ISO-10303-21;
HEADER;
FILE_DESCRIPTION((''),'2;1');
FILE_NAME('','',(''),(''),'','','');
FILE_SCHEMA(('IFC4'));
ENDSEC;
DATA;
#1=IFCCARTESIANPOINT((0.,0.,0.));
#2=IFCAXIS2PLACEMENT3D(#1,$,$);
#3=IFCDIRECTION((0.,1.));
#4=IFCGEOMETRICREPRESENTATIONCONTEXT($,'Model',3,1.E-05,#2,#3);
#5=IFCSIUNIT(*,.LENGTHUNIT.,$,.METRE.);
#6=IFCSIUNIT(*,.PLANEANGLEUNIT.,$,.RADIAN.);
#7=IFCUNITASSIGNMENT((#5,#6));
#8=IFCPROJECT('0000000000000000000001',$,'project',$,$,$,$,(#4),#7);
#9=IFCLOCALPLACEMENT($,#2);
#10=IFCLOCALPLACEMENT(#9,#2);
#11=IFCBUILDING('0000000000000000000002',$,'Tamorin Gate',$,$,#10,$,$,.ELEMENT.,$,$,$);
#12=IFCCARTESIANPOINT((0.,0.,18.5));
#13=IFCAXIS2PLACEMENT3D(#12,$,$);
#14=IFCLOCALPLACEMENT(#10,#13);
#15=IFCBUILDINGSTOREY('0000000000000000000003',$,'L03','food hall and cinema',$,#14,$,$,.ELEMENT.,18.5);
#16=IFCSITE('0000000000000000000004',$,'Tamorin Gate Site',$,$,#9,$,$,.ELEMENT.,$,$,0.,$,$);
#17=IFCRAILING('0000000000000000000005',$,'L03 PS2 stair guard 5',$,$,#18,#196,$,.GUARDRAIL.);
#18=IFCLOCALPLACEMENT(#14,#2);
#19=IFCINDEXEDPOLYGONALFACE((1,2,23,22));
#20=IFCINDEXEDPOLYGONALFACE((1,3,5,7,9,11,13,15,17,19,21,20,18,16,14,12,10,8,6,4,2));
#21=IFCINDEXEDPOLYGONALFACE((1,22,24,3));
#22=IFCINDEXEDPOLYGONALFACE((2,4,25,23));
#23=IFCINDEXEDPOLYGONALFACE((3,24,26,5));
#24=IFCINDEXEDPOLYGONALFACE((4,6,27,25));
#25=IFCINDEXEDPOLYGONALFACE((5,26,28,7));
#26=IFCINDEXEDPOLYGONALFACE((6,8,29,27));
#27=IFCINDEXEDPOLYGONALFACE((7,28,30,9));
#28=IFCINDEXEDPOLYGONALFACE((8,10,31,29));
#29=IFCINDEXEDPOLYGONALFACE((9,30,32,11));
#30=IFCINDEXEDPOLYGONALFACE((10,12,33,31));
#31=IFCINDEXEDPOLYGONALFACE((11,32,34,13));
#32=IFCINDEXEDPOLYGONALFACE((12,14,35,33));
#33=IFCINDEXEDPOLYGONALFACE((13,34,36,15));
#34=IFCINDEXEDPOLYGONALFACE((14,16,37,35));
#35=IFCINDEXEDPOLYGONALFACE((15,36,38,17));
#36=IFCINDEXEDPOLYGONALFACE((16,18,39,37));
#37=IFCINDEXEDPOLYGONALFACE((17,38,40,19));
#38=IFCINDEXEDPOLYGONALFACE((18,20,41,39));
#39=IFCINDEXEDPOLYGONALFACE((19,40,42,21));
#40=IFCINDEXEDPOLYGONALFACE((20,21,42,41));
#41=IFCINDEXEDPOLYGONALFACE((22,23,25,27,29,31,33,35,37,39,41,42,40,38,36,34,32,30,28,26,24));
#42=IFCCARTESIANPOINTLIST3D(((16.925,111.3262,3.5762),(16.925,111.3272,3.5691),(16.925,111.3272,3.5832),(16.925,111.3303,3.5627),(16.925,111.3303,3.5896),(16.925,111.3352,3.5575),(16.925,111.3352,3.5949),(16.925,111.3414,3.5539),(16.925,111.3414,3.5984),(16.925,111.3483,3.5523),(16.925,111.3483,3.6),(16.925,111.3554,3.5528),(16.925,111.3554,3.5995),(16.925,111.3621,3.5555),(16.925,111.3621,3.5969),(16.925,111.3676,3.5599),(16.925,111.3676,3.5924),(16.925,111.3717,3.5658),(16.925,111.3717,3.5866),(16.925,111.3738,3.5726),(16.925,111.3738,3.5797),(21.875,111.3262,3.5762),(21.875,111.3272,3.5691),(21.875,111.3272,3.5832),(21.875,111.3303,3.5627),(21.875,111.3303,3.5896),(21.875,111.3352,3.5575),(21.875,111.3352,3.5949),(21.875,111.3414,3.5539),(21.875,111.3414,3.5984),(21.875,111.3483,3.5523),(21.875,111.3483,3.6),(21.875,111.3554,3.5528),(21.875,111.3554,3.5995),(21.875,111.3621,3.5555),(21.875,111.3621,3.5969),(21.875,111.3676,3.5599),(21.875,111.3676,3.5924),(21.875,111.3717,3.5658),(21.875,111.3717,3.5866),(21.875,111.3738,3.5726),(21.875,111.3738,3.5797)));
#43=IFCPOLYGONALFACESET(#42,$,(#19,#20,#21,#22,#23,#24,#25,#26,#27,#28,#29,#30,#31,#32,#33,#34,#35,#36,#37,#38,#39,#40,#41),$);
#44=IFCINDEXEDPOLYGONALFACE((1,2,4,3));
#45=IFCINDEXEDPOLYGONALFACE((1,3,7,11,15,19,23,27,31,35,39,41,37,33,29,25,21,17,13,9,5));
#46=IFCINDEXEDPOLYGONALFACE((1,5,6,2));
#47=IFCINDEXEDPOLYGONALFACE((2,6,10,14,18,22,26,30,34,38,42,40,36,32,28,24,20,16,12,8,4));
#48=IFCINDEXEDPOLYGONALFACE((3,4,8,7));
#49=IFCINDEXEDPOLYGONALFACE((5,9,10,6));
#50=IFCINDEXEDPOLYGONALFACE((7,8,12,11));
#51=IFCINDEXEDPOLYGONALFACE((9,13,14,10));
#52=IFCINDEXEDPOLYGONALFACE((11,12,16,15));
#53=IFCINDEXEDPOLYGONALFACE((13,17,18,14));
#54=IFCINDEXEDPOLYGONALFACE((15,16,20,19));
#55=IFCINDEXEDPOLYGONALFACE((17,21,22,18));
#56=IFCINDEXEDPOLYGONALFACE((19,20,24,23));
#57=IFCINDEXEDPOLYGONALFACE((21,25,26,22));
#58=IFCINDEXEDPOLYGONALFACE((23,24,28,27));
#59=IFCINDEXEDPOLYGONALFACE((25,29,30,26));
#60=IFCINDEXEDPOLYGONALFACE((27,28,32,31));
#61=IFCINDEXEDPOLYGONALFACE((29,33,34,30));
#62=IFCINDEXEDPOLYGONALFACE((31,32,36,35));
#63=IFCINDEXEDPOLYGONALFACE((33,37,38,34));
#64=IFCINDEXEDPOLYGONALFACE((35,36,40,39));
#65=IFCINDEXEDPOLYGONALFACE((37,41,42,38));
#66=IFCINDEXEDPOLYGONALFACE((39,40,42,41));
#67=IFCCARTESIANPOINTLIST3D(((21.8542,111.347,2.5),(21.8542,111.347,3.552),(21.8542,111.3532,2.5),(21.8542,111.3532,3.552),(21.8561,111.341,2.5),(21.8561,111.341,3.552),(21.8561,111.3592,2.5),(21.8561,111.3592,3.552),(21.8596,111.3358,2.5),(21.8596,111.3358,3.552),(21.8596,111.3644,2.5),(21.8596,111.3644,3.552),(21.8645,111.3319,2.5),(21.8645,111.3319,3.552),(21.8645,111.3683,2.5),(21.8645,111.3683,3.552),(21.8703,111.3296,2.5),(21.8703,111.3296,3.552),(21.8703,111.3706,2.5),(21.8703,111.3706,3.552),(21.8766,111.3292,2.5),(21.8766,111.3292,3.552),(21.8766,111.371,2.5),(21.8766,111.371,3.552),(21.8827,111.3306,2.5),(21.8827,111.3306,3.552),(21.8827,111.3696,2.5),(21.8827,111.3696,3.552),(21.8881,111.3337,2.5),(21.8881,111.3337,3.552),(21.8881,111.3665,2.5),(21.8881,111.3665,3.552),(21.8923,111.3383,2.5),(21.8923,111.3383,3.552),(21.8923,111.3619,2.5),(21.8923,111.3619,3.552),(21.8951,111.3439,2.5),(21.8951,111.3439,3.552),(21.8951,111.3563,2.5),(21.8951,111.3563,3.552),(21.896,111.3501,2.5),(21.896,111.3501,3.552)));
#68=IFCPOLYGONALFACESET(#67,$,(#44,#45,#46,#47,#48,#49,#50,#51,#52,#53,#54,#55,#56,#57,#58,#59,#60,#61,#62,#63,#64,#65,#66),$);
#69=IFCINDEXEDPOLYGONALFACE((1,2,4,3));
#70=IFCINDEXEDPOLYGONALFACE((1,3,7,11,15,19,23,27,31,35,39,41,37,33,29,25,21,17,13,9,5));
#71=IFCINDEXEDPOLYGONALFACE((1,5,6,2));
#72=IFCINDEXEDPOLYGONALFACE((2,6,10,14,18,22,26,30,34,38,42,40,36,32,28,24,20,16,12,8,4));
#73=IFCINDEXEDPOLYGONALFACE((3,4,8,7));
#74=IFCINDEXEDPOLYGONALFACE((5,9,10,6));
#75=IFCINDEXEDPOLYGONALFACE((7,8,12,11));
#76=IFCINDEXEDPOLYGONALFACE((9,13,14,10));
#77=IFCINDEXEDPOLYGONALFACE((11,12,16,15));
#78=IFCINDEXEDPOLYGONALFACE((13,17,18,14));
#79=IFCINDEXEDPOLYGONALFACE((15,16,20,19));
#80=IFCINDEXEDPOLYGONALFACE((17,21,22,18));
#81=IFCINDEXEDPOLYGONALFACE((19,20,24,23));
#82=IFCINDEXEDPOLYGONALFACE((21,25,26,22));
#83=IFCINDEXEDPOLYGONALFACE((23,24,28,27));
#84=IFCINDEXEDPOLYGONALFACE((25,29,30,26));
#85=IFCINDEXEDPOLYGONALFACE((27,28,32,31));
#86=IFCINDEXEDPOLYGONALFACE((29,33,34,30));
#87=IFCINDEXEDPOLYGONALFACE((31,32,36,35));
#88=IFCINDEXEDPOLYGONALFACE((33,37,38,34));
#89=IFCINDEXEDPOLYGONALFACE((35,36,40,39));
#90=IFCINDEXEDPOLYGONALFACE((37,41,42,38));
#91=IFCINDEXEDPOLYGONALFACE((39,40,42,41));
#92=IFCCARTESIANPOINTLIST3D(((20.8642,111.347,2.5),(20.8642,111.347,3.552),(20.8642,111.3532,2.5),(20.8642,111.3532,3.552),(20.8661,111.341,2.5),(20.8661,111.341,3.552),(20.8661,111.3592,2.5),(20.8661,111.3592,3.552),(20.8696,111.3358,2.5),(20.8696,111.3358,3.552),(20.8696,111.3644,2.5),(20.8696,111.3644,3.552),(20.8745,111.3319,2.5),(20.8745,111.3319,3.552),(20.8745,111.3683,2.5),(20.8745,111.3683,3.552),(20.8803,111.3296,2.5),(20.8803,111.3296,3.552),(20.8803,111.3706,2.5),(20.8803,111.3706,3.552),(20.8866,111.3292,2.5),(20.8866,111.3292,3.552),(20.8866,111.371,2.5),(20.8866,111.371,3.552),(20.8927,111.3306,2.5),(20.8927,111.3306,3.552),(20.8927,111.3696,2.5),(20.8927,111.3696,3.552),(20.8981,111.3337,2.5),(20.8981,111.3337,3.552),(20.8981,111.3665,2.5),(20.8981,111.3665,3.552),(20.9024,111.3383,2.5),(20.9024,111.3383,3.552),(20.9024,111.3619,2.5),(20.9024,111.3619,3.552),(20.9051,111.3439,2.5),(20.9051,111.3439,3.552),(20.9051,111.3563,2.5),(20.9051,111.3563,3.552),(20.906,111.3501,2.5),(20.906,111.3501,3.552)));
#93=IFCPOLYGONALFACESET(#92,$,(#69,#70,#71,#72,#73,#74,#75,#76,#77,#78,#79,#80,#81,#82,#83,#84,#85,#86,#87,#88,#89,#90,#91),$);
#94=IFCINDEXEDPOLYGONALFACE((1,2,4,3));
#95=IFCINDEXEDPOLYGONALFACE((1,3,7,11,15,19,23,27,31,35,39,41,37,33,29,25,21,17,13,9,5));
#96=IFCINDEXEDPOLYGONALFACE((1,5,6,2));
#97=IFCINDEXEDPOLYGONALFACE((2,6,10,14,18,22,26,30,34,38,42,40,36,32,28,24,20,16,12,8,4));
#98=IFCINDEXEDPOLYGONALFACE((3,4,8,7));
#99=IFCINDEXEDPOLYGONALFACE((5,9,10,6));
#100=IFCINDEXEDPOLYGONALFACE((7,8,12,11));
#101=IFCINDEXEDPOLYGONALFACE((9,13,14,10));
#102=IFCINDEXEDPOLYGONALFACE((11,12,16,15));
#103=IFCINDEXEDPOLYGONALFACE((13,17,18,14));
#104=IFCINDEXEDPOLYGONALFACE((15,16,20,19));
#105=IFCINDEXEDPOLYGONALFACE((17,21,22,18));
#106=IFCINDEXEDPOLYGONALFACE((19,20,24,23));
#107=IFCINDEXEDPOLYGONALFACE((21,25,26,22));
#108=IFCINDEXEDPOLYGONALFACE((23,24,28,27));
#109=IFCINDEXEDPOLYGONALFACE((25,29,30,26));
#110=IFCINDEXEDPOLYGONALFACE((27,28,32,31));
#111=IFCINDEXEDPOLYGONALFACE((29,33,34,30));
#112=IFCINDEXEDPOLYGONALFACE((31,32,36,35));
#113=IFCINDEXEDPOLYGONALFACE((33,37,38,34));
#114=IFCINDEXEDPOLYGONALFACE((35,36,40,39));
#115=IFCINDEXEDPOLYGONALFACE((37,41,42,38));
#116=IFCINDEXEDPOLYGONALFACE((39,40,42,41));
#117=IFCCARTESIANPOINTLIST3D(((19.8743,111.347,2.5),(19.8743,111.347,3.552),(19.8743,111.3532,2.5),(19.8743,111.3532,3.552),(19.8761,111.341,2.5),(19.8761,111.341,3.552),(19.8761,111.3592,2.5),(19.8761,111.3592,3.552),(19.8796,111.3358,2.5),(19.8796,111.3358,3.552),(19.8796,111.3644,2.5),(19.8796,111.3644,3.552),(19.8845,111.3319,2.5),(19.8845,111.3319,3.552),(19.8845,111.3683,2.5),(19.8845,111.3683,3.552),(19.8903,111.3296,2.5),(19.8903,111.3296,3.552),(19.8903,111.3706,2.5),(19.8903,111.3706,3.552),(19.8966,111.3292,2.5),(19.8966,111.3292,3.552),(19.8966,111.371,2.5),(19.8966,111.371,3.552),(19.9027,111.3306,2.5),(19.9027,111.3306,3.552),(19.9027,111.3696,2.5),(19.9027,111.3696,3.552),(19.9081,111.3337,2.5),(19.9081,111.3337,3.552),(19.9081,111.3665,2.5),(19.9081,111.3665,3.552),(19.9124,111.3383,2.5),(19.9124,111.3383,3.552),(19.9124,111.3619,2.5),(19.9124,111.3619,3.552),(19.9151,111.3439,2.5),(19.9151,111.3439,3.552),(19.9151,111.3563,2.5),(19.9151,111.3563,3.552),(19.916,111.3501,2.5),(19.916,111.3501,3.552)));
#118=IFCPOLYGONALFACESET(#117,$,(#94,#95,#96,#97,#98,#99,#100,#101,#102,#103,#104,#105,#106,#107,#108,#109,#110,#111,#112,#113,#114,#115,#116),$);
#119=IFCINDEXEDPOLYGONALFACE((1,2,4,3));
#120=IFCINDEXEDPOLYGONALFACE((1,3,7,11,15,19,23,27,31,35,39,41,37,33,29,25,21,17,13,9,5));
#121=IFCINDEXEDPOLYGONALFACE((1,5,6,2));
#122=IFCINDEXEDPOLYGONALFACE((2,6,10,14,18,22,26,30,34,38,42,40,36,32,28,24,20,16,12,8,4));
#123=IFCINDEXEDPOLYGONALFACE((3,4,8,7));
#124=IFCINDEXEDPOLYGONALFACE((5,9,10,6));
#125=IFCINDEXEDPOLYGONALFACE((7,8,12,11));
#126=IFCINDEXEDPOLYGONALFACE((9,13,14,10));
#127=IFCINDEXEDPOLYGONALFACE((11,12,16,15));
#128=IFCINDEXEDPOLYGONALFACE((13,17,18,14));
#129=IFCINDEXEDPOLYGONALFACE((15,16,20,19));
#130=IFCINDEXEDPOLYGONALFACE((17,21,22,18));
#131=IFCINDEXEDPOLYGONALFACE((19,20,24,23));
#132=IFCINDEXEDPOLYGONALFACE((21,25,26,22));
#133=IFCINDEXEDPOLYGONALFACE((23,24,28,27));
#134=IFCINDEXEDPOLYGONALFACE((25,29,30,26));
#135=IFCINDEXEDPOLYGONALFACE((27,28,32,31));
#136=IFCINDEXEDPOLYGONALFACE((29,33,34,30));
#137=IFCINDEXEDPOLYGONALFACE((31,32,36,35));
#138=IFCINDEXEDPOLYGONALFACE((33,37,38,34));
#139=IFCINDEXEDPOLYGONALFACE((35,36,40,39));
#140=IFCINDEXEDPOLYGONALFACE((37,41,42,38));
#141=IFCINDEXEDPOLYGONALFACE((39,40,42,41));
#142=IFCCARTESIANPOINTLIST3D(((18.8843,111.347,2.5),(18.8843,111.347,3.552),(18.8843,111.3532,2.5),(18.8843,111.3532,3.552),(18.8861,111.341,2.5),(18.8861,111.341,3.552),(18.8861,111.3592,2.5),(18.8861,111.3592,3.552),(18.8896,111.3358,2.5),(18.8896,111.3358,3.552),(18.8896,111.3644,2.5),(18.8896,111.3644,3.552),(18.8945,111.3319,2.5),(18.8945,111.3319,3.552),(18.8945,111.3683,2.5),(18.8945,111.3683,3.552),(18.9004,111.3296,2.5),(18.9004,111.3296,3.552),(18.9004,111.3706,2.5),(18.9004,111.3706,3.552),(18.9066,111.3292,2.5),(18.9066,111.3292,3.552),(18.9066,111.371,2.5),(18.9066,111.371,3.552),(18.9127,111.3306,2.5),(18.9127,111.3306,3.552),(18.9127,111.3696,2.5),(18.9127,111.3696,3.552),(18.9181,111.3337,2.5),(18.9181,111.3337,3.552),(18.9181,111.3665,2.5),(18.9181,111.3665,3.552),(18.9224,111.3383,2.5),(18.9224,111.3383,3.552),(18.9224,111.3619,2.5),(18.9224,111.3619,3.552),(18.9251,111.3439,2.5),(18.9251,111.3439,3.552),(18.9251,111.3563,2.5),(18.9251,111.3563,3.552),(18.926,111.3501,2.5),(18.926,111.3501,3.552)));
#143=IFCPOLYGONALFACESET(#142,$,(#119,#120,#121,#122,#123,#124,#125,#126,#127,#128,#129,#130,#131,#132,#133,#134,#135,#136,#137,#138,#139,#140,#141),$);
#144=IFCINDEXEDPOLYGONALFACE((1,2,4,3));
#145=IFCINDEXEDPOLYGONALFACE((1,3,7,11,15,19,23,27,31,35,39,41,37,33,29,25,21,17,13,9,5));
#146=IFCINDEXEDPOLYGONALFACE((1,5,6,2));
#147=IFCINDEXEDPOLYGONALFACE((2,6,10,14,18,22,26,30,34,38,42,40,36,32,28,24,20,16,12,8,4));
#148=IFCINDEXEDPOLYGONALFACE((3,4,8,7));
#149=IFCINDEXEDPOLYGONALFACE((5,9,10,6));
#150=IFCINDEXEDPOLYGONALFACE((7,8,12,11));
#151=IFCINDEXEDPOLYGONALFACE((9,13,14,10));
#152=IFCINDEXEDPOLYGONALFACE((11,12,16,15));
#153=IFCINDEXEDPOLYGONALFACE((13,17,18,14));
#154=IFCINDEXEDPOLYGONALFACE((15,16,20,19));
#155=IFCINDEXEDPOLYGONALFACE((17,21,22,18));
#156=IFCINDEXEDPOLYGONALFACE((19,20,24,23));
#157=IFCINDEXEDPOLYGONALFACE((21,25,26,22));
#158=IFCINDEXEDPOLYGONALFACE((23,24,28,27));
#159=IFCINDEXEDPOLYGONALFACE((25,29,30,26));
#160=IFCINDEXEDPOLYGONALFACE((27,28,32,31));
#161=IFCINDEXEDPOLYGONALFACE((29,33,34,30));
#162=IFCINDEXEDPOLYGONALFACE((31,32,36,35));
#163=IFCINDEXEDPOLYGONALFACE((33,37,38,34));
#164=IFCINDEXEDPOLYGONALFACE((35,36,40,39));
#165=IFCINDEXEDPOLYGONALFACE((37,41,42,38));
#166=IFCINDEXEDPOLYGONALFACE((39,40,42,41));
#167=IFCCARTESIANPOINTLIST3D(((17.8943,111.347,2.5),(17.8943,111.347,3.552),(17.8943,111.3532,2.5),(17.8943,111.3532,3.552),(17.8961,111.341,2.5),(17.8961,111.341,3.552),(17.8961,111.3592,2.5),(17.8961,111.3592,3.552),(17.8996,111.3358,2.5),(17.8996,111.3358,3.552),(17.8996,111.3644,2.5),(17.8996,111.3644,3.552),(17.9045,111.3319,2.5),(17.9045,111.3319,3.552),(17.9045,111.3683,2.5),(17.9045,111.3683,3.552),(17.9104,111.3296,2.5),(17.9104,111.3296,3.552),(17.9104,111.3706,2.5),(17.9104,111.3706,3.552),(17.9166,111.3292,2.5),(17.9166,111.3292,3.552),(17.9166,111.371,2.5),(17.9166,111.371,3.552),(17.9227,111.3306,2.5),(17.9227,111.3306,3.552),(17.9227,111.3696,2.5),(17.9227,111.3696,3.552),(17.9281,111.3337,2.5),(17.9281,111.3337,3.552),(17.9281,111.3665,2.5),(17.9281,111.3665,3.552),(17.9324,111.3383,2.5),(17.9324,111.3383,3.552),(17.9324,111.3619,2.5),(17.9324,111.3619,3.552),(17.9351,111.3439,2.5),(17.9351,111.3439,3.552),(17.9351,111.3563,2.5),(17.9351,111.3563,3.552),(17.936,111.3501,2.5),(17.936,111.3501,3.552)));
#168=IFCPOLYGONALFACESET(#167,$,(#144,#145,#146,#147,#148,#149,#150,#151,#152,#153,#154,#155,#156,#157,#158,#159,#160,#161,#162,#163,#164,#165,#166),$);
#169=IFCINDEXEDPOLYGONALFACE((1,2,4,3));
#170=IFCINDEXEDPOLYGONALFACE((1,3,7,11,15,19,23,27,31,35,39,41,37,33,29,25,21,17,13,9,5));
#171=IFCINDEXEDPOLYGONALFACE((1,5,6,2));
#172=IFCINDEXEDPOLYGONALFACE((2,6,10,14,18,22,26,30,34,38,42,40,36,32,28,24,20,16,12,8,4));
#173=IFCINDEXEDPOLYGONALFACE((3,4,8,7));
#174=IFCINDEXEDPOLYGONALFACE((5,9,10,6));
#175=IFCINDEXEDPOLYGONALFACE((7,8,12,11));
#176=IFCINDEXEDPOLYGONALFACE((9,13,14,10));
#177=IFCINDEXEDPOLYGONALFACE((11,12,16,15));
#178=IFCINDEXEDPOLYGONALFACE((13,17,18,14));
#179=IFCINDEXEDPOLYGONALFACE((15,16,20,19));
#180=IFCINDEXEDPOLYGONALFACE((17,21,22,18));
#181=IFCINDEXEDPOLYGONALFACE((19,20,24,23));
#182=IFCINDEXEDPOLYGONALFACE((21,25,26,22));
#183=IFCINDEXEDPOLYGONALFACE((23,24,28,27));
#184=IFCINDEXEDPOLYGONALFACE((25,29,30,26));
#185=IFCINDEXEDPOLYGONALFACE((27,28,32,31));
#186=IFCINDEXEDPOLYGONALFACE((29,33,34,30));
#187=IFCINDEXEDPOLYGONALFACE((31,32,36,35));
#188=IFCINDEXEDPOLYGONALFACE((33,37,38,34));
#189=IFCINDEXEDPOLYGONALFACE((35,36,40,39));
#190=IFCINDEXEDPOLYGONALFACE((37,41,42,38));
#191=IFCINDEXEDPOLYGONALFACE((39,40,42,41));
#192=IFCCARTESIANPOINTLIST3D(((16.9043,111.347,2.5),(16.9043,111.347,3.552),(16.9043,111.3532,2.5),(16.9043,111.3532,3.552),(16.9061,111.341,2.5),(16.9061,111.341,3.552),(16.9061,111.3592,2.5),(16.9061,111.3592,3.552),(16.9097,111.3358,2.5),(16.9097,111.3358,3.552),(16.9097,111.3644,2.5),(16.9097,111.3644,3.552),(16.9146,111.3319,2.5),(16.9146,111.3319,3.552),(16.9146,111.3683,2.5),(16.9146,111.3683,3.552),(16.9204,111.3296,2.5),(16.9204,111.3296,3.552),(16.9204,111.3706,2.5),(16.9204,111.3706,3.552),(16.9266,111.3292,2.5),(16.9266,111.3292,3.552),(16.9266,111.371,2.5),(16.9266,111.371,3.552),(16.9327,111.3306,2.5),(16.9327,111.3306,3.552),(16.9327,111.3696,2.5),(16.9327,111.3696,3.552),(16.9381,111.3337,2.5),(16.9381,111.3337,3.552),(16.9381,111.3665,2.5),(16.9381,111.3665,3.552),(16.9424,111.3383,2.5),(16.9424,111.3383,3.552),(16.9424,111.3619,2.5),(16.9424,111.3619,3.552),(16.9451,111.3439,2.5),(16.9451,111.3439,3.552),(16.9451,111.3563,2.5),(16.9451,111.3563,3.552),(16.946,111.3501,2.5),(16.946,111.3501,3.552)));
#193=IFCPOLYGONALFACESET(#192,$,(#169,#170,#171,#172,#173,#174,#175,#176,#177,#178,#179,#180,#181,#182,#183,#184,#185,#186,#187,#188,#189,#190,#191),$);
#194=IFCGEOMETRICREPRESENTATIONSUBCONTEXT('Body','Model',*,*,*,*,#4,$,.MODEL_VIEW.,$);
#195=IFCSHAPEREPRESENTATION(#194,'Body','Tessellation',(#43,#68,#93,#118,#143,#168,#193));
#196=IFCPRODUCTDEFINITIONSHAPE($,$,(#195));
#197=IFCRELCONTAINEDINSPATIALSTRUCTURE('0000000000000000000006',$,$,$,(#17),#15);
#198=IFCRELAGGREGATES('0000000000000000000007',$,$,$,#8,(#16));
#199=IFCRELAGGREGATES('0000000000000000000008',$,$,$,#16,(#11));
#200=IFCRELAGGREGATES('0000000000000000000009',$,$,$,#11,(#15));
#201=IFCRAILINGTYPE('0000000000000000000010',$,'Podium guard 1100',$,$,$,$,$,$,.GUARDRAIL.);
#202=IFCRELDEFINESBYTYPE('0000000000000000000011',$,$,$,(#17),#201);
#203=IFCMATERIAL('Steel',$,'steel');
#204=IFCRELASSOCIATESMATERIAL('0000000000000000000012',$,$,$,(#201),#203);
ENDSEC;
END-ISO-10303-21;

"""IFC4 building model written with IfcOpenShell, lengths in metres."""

from ifc_helpers import new_model, si_unit, direction, frame, origin, origin_2d, place, context, subcontext, project, spatial, circle, extrude, material, type_object, element, save


model = new_model("IFC4")

# Units and contexts
model_context = context("Model", 3, precision=1e-05, world=origin(), true_north=direction((0.0, 1.0)))
body_context = subcontext(model_context, "Body", "Model", "MODEL_VIEW")
ifc_project = project(units=[si_unit("LENGTHUNIT", "METRE"), si_unit("PLANEANGLEUNIT", "RADIAN")], contexts=[model_context])

# Site, building, storey
site_placement = place(None, origin())
site = spatial("IfcSite", under=ifc_project, at=site_placement, Name="Tamorin Gate Site", CompositionType="ELEMENT", RefElevation=0.0)
building_placement = place(site_placement, origin())
building = spatial("IfcBuilding", under=site, at=building_placement, Name="Tamorin Gate", CompositionType="ELEMENT")
storey_placement = place(building_placement, frame((0.0, 0.0, 18.5)))
storey = spatial("IfcBuildingStorey", under=building, at=storey_placement, Name="L03", Description="food hall and cinema", CompositionType="ELEMENT", Elevation=18.5)

# Railing
ifc_material_1 = material(Name="Steel", Category="steel")
railing_type = type_object("IfcRailingType", Name="Podium guard 1100", PredefinedType="GUARDRAIL", material=ifc_material_1)
railing_1_placement = place(storey_placement, frame((21.875, 111.3501, 2.5)))
element("IfcRailing", 1, at=railing_1_placement, inside=storey, type_object=railing_type, Name="L03 PS2 stair guard 5", PredefinedType="GUARDRAIL", context=body_context, shape_type="SweptSolid", body=[
    extrude(circle(Radius=0.0239, at=origin_2d()), frame((0.0, 0.0, 1.0762), z_axis=(-1.0, 0.0, 0.0), x_axis=(0.0, -1.0, 0.0)), (0.0, 0.0, 1.0), 4.95),
    extrude(circle(Radius=0.021, at=origin_2d()), origin(), (0.0, 0.0, 1.0), 1.052),
    extrude(circle(Radius=0.021, at=origin_2d()), frame((-0.99, 0.0, 0.0)), (0.0, 0.0, 1.0), 1.052),
    extrude(circle(Radius=0.021, at=origin_2d()), frame((-1.98, 0.0, 0.0)), (0.0, 0.0, 1.0), 1.052),
    extrude(circle(Radius=0.021, at=origin_2d()), frame((-2.97, 0.0, 0.0)), (0.0, 0.0, 1.0), 1.052),
    extrude(circle(Radius=0.021, at=origin_2d()), frame((-3.96, 0.0, 0.0)), (0.0, 0.0, 1.0), 1.052),
    extrude(circle(Radius=0.021, at=origin_2d()), frame((-4.95, 0.0, 0.0)), (0.0, 0.0, 1.0), 1.052),
])

save(model, "model.ifc")
